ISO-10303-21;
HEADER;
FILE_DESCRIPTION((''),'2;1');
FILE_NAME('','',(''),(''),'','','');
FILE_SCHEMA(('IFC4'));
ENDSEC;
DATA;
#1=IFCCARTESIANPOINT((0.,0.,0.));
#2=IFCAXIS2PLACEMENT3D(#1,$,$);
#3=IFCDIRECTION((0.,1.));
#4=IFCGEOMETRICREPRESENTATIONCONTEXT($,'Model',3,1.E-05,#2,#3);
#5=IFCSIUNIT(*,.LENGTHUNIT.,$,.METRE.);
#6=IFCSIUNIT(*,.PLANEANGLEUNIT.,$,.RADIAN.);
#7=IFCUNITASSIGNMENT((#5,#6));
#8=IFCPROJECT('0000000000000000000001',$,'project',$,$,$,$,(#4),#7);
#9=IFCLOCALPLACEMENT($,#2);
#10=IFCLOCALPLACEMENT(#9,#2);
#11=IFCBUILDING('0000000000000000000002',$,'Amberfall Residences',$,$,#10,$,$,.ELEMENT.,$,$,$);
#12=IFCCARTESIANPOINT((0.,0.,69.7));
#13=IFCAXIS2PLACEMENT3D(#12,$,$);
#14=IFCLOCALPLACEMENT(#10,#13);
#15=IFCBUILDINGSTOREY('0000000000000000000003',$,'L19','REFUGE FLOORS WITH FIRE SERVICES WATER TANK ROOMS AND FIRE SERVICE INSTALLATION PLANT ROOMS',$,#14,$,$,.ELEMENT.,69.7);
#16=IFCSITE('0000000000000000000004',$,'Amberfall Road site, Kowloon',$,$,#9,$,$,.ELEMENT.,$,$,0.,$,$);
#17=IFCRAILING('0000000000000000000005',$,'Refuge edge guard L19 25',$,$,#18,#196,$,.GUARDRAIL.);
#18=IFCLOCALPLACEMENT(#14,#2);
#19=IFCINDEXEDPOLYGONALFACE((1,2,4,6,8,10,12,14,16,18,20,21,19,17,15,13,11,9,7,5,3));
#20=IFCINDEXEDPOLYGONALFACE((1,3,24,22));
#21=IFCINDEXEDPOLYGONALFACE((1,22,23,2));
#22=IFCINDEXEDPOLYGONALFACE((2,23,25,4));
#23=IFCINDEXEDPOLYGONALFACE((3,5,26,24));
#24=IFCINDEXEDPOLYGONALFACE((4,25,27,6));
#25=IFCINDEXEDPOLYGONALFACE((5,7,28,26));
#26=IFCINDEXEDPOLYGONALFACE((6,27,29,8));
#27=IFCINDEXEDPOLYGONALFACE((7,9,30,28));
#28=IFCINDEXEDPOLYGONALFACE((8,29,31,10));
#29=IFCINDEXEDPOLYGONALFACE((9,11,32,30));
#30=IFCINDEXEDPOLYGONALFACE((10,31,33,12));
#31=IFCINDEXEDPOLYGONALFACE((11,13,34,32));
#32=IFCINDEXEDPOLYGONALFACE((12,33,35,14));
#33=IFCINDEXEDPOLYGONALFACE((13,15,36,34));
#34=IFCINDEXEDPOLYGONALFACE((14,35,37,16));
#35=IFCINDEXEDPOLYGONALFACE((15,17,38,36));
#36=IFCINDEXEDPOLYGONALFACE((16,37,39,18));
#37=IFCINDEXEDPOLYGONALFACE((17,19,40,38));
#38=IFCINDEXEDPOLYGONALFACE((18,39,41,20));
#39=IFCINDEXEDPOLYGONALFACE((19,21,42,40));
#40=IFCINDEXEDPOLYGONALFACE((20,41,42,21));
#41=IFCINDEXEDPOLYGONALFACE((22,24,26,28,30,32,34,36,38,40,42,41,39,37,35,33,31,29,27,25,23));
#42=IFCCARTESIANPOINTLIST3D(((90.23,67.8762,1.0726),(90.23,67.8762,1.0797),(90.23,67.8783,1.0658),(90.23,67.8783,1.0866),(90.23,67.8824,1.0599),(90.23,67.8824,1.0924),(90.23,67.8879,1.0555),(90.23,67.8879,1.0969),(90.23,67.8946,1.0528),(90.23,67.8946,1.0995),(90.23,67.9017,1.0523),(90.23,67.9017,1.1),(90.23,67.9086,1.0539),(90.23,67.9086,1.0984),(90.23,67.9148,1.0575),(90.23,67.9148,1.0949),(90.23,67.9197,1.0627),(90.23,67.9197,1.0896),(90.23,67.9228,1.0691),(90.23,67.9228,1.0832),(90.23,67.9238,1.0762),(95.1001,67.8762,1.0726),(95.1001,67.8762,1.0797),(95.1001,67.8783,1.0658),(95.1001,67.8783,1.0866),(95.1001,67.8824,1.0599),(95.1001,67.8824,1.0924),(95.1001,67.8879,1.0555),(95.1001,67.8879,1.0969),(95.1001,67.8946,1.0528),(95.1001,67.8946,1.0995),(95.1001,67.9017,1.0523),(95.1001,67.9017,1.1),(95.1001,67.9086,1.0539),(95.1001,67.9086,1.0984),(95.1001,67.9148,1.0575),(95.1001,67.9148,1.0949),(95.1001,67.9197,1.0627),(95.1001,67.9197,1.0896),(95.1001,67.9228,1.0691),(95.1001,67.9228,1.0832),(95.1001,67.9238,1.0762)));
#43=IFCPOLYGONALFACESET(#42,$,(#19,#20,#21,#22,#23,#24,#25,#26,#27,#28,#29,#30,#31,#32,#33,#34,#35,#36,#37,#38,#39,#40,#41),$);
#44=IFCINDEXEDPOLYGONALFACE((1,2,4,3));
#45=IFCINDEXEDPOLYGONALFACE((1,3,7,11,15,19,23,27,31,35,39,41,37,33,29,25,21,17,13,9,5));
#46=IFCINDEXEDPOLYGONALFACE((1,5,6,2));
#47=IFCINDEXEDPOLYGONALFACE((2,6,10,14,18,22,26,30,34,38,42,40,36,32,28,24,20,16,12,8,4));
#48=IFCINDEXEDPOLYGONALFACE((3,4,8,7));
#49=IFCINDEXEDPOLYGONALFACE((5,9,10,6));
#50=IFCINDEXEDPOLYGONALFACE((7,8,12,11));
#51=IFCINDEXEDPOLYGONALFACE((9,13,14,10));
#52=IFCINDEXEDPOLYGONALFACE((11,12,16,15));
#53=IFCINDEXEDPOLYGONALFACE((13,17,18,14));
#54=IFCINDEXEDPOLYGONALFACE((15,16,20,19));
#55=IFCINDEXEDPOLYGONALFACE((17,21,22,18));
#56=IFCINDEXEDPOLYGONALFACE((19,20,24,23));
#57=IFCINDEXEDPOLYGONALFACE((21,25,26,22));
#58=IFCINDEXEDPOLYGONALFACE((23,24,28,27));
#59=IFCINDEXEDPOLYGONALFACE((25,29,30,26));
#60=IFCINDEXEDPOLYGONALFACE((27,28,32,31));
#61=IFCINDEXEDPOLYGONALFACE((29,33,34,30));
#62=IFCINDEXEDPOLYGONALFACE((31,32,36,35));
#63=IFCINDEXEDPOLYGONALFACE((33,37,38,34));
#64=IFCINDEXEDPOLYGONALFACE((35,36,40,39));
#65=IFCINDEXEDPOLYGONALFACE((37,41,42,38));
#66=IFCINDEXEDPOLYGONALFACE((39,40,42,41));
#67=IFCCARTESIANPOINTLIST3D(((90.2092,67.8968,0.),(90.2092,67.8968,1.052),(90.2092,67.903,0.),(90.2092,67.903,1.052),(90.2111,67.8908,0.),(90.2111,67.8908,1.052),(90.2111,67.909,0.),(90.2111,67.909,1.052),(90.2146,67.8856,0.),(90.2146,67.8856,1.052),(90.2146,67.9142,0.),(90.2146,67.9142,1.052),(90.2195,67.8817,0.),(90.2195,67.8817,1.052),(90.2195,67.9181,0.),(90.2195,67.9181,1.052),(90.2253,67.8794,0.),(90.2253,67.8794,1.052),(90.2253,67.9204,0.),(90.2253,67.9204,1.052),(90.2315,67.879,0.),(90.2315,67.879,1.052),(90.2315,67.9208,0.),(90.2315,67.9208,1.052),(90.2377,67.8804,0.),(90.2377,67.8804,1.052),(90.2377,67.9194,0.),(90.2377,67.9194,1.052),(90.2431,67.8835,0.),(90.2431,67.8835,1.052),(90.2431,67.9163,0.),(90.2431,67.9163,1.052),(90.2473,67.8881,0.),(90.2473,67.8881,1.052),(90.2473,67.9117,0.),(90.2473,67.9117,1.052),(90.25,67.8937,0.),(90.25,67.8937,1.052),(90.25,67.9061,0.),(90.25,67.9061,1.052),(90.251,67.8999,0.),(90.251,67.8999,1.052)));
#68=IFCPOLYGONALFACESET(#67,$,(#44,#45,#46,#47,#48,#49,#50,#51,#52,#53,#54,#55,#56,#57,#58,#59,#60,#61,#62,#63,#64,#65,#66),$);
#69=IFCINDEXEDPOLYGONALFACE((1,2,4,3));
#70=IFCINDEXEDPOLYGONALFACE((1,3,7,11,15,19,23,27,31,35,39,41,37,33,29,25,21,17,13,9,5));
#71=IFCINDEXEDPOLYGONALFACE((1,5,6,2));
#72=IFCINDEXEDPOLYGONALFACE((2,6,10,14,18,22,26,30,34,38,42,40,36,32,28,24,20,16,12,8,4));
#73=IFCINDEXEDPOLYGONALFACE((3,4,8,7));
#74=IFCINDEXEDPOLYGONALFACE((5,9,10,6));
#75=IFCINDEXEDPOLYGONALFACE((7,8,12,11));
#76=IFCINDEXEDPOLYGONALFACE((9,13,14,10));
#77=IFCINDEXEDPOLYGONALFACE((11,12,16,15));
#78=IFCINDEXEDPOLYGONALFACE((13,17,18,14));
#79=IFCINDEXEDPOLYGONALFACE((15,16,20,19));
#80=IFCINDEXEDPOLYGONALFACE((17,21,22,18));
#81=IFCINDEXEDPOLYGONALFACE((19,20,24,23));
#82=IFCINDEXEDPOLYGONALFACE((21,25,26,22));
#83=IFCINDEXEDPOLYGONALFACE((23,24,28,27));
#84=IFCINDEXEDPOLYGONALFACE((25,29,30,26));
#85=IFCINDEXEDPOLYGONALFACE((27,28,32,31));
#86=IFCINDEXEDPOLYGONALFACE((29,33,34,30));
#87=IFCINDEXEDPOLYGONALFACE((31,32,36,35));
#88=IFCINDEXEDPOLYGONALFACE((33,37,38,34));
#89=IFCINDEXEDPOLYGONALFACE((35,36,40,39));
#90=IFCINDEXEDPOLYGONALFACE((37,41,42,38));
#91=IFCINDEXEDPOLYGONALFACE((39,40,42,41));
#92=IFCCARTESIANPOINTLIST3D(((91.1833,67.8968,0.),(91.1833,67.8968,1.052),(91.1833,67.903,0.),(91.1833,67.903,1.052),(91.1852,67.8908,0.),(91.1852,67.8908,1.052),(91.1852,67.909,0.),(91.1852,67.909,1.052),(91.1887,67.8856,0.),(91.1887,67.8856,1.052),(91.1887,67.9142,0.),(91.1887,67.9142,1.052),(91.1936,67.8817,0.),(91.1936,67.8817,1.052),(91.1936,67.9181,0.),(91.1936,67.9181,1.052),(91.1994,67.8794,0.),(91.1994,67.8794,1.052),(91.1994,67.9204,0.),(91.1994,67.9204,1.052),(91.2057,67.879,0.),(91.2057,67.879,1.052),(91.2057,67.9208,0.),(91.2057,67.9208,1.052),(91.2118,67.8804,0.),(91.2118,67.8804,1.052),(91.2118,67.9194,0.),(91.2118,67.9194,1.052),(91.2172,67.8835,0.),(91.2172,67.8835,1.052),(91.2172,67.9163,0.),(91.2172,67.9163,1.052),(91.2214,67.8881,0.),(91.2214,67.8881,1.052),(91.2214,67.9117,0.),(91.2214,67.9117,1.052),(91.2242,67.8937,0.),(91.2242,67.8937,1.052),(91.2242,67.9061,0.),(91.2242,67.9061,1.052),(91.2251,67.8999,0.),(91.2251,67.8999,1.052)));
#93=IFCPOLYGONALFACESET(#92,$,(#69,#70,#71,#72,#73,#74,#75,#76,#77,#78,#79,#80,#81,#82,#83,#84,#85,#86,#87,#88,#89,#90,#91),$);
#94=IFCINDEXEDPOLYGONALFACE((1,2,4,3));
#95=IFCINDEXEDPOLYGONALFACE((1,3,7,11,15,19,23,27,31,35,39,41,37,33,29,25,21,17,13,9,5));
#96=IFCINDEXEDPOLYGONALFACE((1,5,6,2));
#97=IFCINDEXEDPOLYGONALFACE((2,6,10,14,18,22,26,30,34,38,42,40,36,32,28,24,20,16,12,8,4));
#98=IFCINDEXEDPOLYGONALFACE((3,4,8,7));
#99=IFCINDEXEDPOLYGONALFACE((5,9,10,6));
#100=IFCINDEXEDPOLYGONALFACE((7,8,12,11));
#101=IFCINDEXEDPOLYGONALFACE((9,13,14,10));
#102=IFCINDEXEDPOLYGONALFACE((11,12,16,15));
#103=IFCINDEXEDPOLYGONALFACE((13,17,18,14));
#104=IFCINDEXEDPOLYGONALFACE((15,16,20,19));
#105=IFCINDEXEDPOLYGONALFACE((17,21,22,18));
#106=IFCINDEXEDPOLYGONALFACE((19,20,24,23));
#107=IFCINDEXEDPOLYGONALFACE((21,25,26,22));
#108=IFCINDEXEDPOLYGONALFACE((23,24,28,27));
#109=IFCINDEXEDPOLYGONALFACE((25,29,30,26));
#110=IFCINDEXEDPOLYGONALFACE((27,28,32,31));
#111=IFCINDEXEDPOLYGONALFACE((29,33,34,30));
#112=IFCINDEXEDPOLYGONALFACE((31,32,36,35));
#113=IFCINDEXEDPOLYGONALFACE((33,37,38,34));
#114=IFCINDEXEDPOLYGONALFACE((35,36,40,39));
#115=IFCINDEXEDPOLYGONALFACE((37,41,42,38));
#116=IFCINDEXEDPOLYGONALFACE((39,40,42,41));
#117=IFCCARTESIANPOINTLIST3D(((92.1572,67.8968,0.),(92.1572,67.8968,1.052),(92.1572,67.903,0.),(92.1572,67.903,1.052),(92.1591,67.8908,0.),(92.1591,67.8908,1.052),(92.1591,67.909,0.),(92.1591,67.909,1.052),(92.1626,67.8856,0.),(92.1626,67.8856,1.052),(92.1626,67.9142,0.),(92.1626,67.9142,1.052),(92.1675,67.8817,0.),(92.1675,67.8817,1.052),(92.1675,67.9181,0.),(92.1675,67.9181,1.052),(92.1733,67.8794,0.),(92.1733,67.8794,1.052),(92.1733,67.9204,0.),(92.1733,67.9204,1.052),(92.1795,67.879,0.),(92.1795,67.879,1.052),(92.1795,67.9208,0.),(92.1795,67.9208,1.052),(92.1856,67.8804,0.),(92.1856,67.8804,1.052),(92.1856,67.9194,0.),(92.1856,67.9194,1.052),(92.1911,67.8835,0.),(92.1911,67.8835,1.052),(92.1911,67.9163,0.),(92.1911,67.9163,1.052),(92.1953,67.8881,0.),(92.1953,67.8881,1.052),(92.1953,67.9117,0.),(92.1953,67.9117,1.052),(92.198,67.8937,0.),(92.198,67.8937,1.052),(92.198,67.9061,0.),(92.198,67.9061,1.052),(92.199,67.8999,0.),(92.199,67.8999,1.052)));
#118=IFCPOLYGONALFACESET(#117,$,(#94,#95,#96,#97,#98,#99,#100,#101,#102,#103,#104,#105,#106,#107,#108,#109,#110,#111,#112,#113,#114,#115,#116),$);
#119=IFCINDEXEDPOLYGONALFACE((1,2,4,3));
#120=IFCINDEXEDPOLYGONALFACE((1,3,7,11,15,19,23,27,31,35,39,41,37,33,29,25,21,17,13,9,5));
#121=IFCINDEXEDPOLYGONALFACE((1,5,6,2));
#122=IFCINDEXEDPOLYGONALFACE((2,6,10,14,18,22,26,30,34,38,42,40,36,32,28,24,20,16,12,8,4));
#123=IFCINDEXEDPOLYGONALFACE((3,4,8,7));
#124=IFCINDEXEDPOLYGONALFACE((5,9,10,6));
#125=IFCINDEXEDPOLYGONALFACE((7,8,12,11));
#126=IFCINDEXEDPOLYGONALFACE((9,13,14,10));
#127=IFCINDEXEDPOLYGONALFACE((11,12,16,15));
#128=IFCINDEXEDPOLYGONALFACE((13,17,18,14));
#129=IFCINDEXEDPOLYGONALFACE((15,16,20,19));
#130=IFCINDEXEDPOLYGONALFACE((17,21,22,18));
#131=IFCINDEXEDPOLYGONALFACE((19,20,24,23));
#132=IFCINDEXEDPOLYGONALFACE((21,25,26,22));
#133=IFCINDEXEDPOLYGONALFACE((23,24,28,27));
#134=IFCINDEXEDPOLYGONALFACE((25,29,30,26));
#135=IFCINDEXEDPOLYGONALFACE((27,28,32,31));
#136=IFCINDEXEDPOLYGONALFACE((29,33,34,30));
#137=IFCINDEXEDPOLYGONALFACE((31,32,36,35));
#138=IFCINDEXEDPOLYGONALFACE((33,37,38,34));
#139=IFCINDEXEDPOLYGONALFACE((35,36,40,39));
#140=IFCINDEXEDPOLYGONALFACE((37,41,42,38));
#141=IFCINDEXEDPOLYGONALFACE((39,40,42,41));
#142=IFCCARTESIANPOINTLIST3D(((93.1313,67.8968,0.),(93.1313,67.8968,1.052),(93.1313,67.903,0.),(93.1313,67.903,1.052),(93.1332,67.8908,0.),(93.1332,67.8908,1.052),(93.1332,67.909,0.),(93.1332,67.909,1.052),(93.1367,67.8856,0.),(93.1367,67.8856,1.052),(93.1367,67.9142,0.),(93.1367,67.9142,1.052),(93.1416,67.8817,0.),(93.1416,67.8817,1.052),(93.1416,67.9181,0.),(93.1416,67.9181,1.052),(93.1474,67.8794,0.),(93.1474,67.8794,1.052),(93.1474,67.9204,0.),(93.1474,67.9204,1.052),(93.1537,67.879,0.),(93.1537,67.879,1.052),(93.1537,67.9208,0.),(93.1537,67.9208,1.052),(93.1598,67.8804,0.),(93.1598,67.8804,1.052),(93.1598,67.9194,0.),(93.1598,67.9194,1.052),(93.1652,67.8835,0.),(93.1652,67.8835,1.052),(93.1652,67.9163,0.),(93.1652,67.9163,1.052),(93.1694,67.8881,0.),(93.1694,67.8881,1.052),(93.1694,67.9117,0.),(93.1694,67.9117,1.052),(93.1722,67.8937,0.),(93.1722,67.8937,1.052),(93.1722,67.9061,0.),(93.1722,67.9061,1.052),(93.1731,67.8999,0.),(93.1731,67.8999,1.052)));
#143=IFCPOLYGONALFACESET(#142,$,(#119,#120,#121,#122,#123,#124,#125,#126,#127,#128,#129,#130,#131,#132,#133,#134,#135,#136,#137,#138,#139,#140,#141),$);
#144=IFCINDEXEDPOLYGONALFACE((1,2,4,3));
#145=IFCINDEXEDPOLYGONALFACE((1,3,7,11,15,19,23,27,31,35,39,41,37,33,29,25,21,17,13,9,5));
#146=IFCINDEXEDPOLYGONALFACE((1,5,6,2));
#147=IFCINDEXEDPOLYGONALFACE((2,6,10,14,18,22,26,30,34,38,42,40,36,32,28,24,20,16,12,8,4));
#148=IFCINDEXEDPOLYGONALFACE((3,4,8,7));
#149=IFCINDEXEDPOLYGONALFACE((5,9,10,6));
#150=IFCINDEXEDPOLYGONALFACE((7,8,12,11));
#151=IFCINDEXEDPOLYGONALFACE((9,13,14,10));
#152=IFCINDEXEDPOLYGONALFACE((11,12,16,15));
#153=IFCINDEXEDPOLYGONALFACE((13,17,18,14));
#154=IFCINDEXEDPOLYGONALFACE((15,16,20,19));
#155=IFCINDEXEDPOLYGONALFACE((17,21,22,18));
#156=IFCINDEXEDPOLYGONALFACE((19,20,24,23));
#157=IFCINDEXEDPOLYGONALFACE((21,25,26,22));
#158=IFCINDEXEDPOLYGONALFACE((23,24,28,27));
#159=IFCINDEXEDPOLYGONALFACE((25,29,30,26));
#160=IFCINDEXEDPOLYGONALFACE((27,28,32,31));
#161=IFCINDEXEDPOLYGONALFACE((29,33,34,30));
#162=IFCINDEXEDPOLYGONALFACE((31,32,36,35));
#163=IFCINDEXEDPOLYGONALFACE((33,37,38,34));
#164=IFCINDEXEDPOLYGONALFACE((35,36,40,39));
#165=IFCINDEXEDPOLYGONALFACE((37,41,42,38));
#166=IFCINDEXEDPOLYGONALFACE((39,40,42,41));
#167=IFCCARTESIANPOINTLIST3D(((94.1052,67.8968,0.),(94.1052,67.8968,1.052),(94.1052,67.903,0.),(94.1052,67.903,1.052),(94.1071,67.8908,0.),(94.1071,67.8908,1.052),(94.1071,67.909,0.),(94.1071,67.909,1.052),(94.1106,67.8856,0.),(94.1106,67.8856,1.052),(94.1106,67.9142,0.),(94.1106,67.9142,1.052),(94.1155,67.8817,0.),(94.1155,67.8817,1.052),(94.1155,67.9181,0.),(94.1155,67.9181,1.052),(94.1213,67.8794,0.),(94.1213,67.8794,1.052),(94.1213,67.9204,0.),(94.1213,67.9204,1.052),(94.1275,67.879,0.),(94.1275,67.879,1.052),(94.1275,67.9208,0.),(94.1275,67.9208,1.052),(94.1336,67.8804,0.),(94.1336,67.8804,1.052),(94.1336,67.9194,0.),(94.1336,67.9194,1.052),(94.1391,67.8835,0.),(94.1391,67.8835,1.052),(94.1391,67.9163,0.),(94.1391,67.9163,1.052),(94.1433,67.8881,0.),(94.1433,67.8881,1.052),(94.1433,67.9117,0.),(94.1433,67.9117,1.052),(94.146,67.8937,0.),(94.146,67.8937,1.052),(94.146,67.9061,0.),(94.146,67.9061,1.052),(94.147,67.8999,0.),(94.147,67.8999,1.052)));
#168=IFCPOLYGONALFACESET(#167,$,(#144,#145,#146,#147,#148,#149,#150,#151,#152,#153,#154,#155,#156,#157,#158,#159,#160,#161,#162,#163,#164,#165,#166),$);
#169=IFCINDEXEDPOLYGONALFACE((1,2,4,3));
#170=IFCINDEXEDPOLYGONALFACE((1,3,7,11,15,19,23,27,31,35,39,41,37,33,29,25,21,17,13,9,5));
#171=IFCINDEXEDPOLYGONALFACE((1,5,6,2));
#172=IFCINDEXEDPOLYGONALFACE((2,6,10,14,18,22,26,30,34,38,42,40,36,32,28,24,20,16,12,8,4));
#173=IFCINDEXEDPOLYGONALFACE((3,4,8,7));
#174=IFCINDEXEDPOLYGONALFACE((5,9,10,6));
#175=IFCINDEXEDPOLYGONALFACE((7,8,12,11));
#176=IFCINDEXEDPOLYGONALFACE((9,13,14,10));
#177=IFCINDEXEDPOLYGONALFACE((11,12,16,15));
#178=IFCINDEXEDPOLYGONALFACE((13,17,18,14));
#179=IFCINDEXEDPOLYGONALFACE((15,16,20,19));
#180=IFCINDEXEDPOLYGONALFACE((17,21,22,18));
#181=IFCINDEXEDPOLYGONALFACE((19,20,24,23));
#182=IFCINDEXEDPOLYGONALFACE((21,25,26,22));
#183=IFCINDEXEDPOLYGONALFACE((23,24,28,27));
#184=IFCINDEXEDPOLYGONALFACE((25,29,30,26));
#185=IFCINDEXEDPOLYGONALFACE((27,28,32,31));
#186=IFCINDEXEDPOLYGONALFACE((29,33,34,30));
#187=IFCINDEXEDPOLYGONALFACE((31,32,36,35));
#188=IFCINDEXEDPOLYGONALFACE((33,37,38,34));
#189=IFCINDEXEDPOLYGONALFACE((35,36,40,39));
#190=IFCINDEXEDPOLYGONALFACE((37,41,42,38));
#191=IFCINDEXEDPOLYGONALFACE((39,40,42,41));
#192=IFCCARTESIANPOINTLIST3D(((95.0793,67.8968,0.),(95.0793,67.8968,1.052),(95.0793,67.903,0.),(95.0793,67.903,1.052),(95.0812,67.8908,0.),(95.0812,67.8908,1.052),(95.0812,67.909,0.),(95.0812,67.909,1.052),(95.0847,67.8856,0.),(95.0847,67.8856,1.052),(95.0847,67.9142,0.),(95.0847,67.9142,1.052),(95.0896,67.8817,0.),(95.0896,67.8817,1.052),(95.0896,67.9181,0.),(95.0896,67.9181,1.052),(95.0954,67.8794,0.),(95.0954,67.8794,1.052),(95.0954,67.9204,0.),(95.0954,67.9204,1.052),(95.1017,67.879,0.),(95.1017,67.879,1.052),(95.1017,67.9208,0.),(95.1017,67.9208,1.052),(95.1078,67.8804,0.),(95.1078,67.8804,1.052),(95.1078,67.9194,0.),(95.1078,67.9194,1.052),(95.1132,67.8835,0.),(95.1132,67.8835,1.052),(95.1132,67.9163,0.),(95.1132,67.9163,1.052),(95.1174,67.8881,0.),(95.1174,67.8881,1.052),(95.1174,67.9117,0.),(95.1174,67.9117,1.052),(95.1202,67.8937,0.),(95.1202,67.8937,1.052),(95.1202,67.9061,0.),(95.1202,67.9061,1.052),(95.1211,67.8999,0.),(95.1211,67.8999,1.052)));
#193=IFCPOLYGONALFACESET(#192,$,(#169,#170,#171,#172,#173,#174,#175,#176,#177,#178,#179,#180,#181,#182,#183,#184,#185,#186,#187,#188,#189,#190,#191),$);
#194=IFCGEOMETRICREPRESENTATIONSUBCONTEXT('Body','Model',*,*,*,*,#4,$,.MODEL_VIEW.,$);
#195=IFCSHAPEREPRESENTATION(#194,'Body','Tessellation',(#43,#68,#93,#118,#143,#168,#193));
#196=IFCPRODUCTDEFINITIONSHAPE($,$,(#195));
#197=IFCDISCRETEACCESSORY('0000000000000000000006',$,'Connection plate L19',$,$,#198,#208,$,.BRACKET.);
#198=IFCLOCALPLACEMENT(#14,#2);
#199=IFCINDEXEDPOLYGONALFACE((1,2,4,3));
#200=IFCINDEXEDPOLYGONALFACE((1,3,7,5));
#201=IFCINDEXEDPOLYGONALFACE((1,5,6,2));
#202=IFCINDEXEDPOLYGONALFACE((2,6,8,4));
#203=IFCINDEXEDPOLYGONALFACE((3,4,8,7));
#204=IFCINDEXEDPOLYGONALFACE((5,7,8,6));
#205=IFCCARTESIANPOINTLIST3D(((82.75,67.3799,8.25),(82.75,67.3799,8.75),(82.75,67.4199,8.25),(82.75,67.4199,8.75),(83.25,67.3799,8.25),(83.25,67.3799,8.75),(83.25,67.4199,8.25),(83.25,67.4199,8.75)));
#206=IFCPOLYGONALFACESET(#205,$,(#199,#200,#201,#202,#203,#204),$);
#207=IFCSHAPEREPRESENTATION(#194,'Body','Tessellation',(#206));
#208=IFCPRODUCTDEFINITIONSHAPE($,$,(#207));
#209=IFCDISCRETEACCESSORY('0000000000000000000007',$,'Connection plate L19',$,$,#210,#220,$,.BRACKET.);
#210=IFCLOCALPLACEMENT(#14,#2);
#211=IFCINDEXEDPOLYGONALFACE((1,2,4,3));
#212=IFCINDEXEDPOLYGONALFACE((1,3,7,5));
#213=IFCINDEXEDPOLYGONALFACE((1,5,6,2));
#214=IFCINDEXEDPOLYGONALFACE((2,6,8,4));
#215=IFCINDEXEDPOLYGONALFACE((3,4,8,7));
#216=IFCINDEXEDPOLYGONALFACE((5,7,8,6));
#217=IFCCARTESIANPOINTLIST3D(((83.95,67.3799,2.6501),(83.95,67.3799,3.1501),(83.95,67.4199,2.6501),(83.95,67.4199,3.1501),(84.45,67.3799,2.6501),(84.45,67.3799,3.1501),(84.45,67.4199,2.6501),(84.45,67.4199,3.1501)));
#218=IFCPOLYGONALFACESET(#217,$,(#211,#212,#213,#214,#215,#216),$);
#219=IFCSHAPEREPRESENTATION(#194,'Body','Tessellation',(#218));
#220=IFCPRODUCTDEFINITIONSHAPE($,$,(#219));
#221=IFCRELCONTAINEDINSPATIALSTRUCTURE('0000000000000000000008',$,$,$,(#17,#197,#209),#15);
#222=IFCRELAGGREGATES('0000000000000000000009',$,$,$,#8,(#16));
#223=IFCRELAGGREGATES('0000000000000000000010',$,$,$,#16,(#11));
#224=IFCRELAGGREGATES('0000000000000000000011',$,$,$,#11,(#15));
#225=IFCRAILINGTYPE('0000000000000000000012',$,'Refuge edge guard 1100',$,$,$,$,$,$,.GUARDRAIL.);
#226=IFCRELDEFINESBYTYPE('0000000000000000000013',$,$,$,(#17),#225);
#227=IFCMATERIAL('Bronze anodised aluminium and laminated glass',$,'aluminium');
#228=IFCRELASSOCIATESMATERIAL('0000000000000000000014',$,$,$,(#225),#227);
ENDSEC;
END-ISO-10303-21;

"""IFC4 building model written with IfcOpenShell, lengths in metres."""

from ifc_helpers import new_model, si_unit, direction, frame, origin, origin_2d, place, context, subcontext, project, spatial, rectangle, circle, extrude, material, type_object, element, save


model = new_model("IFC4")

# Units and contexts
model_context = context("Model", 3, precision=1e-05, world=origin(), true_north=direction((0.0, 1.0)))
body_context = subcontext(model_context, "Body", "Model", "MODEL_VIEW")
ifc_project = project(units=[si_unit("LENGTHUNIT", "METRE"), si_unit("PLANEANGLEUNIT", "RADIAN")], contexts=[model_context])

# Site, building, storey
site_placement = place(None, origin())
site = spatial("IfcSite", under=ifc_project, at=site_placement, Name="Amberfall Road site, Kowloon", CompositionType="ELEMENT", RefElevation=0.0)
building_placement = place(site_placement, origin())
building = spatial("IfcBuilding", under=site, at=building_placement, Name="Amberfall Residences", CompositionType="ELEMENT")
storey_placement = place(building_placement, frame((0.0, 0.0, 69.7)))
storey = spatial("IfcBuildingStorey", under=building, at=storey_placement, Name="L19", Description="REFUGE FLOORS WITH FIRE SERVICES WATER TANK ROOMS AND FIRE SERVICE INSTALLATION PLANT ROOMS", CompositionType="ELEMENT", Elevation=69.7)

# Railing
ifc_material_1 = material(Name="Bronze anodised aluminium and laminated glass", Category="aluminium")
railing_type = type_object("IfcRailingType", Name="Refuge edge guard 1100", PredefinedType="GUARDRAIL", material=ifc_material_1)
railing_1_placement = place(storey_placement, frame((90.23, 67.8999, 0.0)))
element("IfcRailing", 1, at=railing_1_placement, inside=storey, type_object=railing_type, Name="Refuge edge guard L19 25", PredefinedType="GUARDRAIL", context=body_context, shape_type="SweptSolid", body=[
    extrude(circle(Radius=0.0239, at=origin_2d()), frame((0.0, 0.0, 1.0762), z_axis=(1.0, 0.0, 0.0), x_axis=(0.0, 1.0, 0.0)), (0.0, 0.0, 1.0), 4.8701),
    extrude(circle(Radius=0.021, at=origin_2d()), origin(), (0.0, 0.0, 1.0), 1.052),
    extrude(circle(Radius=0.021, at=origin_2d()), frame((0.9741, 0.0, 0.0)), (0.0, 0.0, 1.0), 1.052),
    extrude(circle(Radius=0.021, at=origin_2d()), frame((1.948, 0.0, 0.0)), (0.0, 0.0, 1.0), 1.052),
    extrude(circle(Radius=0.021, at=origin_2d()), frame((2.9221, 0.0, 0.0)), (0.0, 0.0, 1.0), 1.052),
    extrude(circle(Radius=0.021, at=origin_2d()), frame((3.896, 0.0, 0.0)), (0.0, 0.0, 1.0), 1.052),
    extrude(circle(Radius=0.021, at=origin_2d()), frame((4.8701, 0.0, 0.0)), (0.0, 0.0, 1.0), 1.052),
])

# Discrete accessories
for number, where, z_axis, x_axis, name in (
    (2, (83.0, 67.3999, 8.25), (0.0, 0.0, 1.0), (1.0, 0.0, 0.0), "Connection plate L19"),
    (3, (84.2, 67.3999, 2.6501), (0.0, 0.0, 1.0), (1.0, 0.0, 0.0), "Connection plate L19"),
):
    element("IfcDiscreteAccessory", number, at=place(storey_placement, frame(where, z_axis=z_axis, x_axis=x_axis)), inside=storey, Name=name, PredefinedType="BRACKET", context=body_context, shape_type="SweptSolid", body=[
        extrude(rectangle(XDim=0.5, YDim=0.04, at=origin_2d()), origin(), (0.0, 0.0, 1.0), 0.5),
    ])

save(model, "model.ifc")
